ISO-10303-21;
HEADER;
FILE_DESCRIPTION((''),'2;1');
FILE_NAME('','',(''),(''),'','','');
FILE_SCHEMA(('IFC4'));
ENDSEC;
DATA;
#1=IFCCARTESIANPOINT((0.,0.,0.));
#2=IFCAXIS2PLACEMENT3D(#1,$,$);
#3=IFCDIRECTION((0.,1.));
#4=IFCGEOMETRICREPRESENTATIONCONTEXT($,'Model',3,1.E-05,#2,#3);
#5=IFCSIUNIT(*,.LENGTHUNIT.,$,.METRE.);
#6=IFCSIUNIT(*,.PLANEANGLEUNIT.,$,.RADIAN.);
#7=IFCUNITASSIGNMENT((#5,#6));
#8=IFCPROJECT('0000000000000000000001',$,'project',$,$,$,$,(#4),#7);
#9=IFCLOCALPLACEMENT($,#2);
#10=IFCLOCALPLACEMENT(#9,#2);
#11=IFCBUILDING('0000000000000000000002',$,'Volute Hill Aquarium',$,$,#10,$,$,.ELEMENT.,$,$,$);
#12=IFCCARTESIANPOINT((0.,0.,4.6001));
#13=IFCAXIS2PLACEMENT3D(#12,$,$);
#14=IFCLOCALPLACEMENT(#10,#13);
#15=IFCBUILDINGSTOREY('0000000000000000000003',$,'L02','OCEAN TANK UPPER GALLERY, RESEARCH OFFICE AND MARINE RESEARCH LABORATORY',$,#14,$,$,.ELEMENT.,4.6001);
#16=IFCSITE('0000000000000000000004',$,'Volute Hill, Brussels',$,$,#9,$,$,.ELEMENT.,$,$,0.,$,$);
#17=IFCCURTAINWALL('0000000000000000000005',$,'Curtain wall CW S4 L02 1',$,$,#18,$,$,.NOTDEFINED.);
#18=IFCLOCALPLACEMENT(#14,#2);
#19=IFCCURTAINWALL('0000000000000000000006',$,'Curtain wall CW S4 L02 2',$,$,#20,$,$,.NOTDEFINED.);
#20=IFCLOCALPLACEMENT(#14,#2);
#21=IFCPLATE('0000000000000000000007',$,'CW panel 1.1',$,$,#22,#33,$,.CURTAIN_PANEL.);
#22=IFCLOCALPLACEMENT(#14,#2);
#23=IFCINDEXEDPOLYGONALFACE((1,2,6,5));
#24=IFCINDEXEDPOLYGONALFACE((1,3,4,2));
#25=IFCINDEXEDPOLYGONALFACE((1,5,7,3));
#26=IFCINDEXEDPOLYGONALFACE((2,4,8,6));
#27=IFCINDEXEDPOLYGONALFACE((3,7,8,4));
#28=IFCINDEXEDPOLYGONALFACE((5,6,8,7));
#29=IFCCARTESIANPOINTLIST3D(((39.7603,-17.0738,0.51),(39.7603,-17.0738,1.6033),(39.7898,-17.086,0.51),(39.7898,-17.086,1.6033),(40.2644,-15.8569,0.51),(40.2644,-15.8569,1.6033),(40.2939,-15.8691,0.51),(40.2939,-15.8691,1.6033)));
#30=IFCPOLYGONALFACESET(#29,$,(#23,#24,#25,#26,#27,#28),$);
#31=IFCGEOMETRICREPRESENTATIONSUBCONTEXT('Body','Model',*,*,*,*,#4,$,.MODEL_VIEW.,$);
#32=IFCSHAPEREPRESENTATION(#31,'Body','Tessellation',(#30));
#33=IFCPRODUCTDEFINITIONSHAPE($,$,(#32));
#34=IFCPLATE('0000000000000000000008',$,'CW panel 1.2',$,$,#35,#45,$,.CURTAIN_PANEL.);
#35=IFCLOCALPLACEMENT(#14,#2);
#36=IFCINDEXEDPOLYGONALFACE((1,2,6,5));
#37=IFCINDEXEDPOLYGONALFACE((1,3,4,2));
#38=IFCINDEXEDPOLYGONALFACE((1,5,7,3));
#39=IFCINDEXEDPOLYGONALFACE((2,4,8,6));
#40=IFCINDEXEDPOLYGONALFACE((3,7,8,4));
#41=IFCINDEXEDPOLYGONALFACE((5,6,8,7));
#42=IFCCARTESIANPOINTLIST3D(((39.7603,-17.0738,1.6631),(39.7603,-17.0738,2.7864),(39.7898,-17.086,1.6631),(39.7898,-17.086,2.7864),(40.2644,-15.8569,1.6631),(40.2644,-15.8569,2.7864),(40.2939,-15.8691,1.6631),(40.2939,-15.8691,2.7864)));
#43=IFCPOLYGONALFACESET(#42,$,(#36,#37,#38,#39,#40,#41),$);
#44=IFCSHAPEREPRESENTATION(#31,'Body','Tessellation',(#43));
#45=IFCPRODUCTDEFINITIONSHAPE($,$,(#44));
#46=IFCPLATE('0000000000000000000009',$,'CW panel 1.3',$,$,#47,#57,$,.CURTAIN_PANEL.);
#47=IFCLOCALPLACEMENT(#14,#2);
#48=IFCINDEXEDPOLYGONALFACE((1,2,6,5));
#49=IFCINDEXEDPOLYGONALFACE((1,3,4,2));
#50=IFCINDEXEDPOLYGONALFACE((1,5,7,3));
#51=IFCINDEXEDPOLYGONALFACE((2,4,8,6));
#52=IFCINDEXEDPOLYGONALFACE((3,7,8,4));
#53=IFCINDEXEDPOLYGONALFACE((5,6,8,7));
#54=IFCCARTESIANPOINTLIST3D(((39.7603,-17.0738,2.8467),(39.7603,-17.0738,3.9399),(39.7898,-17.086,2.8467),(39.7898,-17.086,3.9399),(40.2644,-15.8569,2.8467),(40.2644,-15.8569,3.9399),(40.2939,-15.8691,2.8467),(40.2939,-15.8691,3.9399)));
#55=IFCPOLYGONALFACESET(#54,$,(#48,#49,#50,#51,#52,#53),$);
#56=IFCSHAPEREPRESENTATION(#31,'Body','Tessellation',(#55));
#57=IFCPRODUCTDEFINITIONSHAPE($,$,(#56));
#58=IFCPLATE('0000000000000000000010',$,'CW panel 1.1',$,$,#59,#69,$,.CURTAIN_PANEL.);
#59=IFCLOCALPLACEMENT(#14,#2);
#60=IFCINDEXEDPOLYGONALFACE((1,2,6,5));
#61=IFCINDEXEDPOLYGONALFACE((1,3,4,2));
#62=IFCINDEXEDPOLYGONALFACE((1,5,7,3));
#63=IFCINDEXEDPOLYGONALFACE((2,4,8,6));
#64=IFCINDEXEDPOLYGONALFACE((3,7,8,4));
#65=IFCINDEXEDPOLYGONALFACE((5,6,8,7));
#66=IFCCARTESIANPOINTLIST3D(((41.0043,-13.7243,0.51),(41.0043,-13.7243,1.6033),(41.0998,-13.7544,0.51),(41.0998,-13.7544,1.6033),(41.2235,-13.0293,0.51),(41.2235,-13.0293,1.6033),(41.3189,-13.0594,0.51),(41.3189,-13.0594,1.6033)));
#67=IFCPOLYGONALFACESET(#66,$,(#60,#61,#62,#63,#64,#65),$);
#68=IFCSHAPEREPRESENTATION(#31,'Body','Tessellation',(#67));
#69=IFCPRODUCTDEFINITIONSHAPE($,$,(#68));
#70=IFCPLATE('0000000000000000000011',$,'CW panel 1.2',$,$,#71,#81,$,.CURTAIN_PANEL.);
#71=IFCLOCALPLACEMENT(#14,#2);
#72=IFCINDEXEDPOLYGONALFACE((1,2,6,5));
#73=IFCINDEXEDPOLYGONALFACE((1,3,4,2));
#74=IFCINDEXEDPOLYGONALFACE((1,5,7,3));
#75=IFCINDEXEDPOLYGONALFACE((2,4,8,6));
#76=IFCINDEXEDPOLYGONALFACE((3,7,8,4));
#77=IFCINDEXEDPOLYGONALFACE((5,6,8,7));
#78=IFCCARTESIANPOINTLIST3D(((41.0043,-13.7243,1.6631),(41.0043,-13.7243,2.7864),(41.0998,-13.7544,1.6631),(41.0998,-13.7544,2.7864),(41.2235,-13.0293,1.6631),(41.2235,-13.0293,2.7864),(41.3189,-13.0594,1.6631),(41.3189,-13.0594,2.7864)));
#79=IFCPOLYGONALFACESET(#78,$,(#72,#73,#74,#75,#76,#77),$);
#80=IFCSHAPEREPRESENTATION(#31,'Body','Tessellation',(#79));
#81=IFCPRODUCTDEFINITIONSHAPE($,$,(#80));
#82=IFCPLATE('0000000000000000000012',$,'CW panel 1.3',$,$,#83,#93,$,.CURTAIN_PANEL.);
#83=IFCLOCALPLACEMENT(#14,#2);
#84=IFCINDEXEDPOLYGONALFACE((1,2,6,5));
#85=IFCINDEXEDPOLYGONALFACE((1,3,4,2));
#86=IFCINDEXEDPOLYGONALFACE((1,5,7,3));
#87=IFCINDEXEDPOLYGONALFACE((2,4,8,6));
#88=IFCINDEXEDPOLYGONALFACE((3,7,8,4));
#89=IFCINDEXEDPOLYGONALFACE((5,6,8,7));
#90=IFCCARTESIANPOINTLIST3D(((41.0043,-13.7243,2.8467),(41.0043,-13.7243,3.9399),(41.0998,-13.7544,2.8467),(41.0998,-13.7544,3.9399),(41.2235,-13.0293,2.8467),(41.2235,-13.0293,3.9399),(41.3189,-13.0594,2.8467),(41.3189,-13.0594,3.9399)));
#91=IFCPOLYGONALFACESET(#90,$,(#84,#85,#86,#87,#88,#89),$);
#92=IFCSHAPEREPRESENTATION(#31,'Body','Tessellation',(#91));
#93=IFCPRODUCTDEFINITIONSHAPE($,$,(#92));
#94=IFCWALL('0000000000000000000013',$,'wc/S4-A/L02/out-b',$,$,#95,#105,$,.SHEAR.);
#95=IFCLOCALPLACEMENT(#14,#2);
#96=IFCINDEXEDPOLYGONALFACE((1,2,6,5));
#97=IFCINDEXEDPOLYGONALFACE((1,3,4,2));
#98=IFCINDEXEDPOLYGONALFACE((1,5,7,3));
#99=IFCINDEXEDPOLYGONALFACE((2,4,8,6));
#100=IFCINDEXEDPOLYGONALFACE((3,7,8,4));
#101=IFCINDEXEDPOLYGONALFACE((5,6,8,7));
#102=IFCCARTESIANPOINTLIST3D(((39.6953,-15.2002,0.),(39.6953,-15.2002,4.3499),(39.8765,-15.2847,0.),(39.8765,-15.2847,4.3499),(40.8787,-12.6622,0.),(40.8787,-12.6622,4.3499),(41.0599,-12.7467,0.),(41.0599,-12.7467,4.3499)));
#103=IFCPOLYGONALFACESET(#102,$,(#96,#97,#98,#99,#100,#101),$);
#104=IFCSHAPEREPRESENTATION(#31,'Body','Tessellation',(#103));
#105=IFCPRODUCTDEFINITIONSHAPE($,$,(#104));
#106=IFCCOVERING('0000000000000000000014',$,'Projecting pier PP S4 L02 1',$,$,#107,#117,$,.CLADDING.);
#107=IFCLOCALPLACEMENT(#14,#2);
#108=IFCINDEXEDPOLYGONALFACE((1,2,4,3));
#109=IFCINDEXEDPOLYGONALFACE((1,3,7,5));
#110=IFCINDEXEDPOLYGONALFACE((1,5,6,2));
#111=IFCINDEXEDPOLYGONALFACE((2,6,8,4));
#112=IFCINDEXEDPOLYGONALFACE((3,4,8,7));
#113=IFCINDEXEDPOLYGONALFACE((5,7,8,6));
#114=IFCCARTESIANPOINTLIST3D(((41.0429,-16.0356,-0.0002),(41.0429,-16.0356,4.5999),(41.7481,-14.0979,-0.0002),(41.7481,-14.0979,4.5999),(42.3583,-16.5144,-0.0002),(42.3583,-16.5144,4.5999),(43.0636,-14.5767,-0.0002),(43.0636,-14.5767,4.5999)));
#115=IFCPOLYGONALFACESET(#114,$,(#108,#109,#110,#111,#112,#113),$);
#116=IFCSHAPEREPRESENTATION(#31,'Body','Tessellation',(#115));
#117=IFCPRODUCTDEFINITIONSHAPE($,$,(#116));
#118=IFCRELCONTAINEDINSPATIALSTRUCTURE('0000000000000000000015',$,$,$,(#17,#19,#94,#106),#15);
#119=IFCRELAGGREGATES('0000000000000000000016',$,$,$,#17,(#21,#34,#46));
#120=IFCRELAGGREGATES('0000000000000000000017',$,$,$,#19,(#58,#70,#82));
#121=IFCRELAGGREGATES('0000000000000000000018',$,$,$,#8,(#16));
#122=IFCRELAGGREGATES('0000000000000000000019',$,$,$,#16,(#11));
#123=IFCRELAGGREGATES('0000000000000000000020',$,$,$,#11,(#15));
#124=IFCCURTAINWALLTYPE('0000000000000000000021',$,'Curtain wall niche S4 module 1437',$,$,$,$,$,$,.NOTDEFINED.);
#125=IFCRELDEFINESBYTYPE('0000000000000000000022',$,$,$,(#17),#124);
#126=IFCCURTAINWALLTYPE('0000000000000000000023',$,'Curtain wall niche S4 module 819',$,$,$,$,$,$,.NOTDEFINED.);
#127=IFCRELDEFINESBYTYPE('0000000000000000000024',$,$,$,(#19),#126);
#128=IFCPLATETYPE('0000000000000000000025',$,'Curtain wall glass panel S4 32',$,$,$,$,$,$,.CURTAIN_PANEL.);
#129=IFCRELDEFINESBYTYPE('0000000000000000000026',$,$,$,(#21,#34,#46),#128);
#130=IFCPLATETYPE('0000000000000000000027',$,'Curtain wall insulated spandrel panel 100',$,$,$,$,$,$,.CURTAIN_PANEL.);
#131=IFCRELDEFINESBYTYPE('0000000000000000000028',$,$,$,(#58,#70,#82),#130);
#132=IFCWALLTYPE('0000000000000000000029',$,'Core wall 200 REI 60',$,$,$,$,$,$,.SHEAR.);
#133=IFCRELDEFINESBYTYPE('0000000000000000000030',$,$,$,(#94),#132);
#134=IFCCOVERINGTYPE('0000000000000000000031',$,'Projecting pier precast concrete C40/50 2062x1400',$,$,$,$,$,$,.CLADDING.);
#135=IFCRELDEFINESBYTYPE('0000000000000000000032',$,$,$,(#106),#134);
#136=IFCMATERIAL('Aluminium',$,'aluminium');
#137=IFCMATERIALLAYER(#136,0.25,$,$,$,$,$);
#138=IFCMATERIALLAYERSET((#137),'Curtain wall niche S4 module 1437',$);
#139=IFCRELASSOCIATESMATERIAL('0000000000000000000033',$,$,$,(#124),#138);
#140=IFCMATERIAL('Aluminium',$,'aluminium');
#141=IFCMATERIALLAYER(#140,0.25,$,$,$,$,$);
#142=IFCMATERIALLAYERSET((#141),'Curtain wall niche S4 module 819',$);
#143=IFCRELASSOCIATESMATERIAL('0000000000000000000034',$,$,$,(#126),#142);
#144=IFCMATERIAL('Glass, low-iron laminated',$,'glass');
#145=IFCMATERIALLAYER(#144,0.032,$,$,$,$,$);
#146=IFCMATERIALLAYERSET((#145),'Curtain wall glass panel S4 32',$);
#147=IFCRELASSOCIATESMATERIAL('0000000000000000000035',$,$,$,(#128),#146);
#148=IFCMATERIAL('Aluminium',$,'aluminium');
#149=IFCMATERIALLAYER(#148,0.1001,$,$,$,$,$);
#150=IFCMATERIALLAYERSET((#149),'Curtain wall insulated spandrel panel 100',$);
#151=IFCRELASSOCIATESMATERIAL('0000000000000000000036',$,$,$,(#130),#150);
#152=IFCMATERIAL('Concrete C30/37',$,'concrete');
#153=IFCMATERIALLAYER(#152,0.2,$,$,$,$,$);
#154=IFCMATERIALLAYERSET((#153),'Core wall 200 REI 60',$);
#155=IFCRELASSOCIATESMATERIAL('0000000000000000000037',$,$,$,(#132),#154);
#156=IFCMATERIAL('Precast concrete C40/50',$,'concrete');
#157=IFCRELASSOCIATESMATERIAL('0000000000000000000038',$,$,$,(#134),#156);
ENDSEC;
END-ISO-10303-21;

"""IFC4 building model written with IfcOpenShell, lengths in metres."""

from ifc_helpers import new_model, si_unit, direction, frame, frame_2d, origin, origin_2d, place, context, subcontext, project, spatial, rectangle, extrude, material, layer, layer_set, type_object, element, aggregate, save


model = new_model("IFC4")

# Units and contexts
model_context = context("Model", 3, precision=1e-05, world=origin(), true_north=direction((0.0, 1.0)))
body_context = subcontext(model_context, "Body", "Model", "MODEL_VIEW")
ifc_project = project(units=[si_unit("LENGTHUNIT", "METRE"), si_unit("PLANEANGLEUNIT", "RADIAN")], contexts=[model_context])

# Site, building, storey
site_placement = place(None, origin())
site = spatial("IfcSite", under=ifc_project, at=site_placement, Name="Volute Hill, Brussels", CompositionType="ELEMENT", RefElevation=0.0)
building_placement = place(site_placement, origin())
building = spatial("IfcBuilding", under=site, at=building_placement, Name="Volute Hill Aquarium", CompositionType="ELEMENT")
storey_placement = place(building_placement, frame((0.0, 0.0, 4.6001)))
storey = spatial("IfcBuildingStorey", under=building, at=storey_placement, Name="L02", Description="OCEAN TANK UPPER GALLERY, RESEARCH OFFICE AND MARINE RESEARCH LABORATORY", CompositionType="ELEMENT", Elevation=4.6001)

# Curtain wall
ifc_material_1 = material(Name="Aluminium", Category="aluminium")
ifc_layer_1 = layer(ifc_material_1, 0.25)
ifc_layer_set_1 = layer_set([ifc_layer_1], Name="Curtain wall niche S4 module 1437")
curtain_wall_type_1 = type_object("IfcCurtainWallType", Name="Curtain wall niche S4 module 1437", PredefinedType="NOTDEFINED", material=ifc_layer_set_1)
curtain_wall_1_placement = place(storey_placement, origin())
curtain_wall_1 = element("IfcCurtainWall", 1, at=curtain_wall_1_placement, inside=storey, type_object=curtain_wall_type_1, Name="Curtain wall CW S4 L02 1", PredefinedType="NOTDEFINED")

# Curtain wall
ifc_material_2 = material(Name="Aluminium", Category="aluminium")
ifc_layer_2 = layer(ifc_material_2, 0.25)
ifc_layer_set_2 = layer_set([ifc_layer_2], Name="Curtain wall niche S4 module 819")
curtain_wall_type_2 = type_object("IfcCurtainWallType", Name="Curtain wall niche S4 module 819", PredefinedType="NOTDEFINED", material=ifc_layer_set_2)
curtain_wall_2_placement = place(storey_placement, origin())
curtain_wall_2 = element("IfcCurtainWall", 2, at=curtain_wall_2_placement, inside=storey, type_object=curtain_wall_type_2, Name="Curtain wall CW S4 L02 2", PredefinedType="NOTDEFINED")

# Plates
ifc_material_3 = material(Name="Glass, low-iron laminated", Category="glass")
ifc_layer_3 = layer(ifc_material_3, 0.032)
ifc_layer_set_3 = layer_set([ifc_layer_3], Name="Curtain wall glass panel S4 32")
plate_type_1 = type_object("IfcPlateType", Name="Curtain wall glass panel S4 32", PredefinedType="CURTAIN_PANEL", material=ifc_layer_set_3)
plate_1_placement = place(storey_placement, frame((40.0271, -16.4714, 0.51), z_axis=(0.0, 0.0, 1.0), x_axis=(0.382697, 0.923874, 0.0)))
plate_1 = element("IfcPlate", 3, at=plate_1_placement, type_object=plate_type_1, Name="CW panel 1.1", PredefinedType="CURTAIN_PANEL", context=body_context, shape_type="SweptSolid", body=[
    extrude(rectangle(XDim=1.3171, YDim=0.032, at=origin_2d()), origin(), (0.0, 0.0, 1.0), 1.0933),
])
plate_2_placement = place(storey_placement, frame((40.0271, -16.4714, 1.6631), z_axis=(0.0, 0.0, 1.0), x_axis=(0.382697, 0.923874, 0.0)))
plate_2 = element("IfcPlate", 4, at=plate_2_placement, type_object=plate_type_1, Name="CW panel 1.2", PredefinedType="CURTAIN_PANEL", context=body_context, shape_type="SweptSolid", body=[
    extrude(rectangle(XDim=1.3171, YDim=0.032, at=origin_2d()), origin(), (0.0, 0.0, 1.0), 1.1233),
])
plate_3_placement = place(storey_placement, frame((40.0271, -16.4714, 2.8467), z_axis=(0.0, 0.0, 1.0), x_axis=(0.382697, 0.923874, 0.0)))
plate_3 = element("IfcPlate", 5, at=plate_3_placement, type_object=plate_type_1, Name="CW panel 1.3", PredefinedType="CURTAIN_PANEL", context=body_context, shape_type="SweptSolid", body=[
    extrude(rectangle(XDim=1.3171, YDim=0.032, at=origin_2d()), origin(), (0.0, 0.0, 1.0), 1.0933),
])
aggregate(curtain_wall_1, [plate_1, plate_2, plate_3])
ifc_material_4 = material(Name="Aluminium", Category="aluminium")
ifc_layer_4 = layer(ifc_material_4, 0.1001)
ifc_layer_set_4 = layer_set([ifc_layer_4], Name="Curtain wall insulated spandrel panel 100")
plate_type_2 = type_object("IfcPlateType", Name="Curtain wall insulated spandrel panel 100", PredefinedType="CURTAIN_PANEL", material=ifc_layer_set_4)
plate_4_placement = place(storey_placement, frame((41.1616, -13.3918, 0.51), z_axis=(0.0, 0.0, 1.0), x_axis=(0.30071, 0.953716, 0.0)))
plate_4 = element("IfcPlate", 6, at=plate_4_placement, type_object=plate_type_2, Name="CW panel 1.1", PredefinedType="CURTAIN_PANEL", context=body_context, shape_type="SweptSolid", body=[
    extrude(rectangle(XDim=0.7288, YDim=0.1001, at=origin_2d()), origin(), (0.0, 0.0, 1.0), 1.0933),
])
plate_5_placement = place(storey_placement, frame((41.1616, -13.3918, 1.6631), z_axis=(0.0, 0.0, 1.0), x_axis=(0.30071, 0.953716, 0.0)))
plate_5 = element("IfcPlate", 7, at=plate_5_placement, type_object=plate_type_2, Name="CW panel 1.2", PredefinedType="CURTAIN_PANEL", context=body_context, shape_type="SweptSolid", body=[
    extrude(rectangle(XDim=0.7288, YDim=0.1001, at=origin_2d()), origin(), (0.0, 0.0, 1.0), 1.1233),
])
plate_6_placement = place(storey_placement, frame((41.1616, -13.3918, 2.8467), z_axis=(0.0, 0.0, 1.0), x_axis=(0.30071, 0.953716, 0.0)))
plate_6 = element("IfcPlate", 8, at=plate_6_placement, type_object=plate_type_2, Name="CW panel 1.3", PredefinedType="CURTAIN_PANEL", context=body_context, shape_type="SweptSolid", body=[
    extrude(rectangle(XDim=0.7288, YDim=0.1001, at=origin_2d()), origin(), (0.0, 0.0, 1.0), 1.0933),
])
aggregate(curtain_wall_2, [plate_4, plate_5, plate_6])

# Wall
ifc_material_5 = material(Name="Concrete C30/37", Category="concrete")
ifc_layer_5 = layer(ifc_material_5, 0.2)
ifc_layer_set_5 = layer_set([ifc_layer_5], Name="Core wall 200 REI 60")
wall_type = type_object("IfcWallType", Name="Core wall 200 REI 60", PredefinedType="SHEAR", material=ifc_layer_set_5)
wall_placement = place(storey_placement, frame((39.7859, -15.2424, 0.0), z_axis=(0.0, 0.0, 1.0), x_axis=(0.422599, 0.906317, 0.0)))
element("IfcWall", 9, at=wall_placement, inside=storey, type_object=wall_type, Name="wc/S4-A/L02/out-b", PredefinedType="SHEAR", context=body_context, shape_type="SweptSolid", body=[
    extrude(rectangle(XDim=2.8003, YDim=0.2, at=frame_2d((1.4001, 0.0))), origin(), (0.0, 0.0, 1.0), 4.3499),
])

# Covering
ifc_material_6 = material(Name="Precast concrete C40/50", Category="concrete")
covering_type = type_object("IfcCoveringType", Name="Projecting pier precast concrete C40/50 2062x1400", PredefinedType="CLADDING", material=ifc_material_6)
covering_placement = place(storey_placement, frame((42.0532, -15.3062, -0.0002), z_axis=(0.0, 0.0, 1.0), x_axis=(0.34202, 0.939693, 0.0)))
element("IfcCovering", 10, at=covering_placement, inside=storey, type_object=covering_type, Name="Projecting pier PP S4 L02 1", PredefinedType="CLADDING", context=body_context, shape_type="SweptSolid", body=[
    extrude(rectangle(XDim=2.062, YDim=1.3999, at=origin_2d()), origin(), (0.0, 0.0, 1.0), 4.6001),
])

save(model, "model.ifc")
